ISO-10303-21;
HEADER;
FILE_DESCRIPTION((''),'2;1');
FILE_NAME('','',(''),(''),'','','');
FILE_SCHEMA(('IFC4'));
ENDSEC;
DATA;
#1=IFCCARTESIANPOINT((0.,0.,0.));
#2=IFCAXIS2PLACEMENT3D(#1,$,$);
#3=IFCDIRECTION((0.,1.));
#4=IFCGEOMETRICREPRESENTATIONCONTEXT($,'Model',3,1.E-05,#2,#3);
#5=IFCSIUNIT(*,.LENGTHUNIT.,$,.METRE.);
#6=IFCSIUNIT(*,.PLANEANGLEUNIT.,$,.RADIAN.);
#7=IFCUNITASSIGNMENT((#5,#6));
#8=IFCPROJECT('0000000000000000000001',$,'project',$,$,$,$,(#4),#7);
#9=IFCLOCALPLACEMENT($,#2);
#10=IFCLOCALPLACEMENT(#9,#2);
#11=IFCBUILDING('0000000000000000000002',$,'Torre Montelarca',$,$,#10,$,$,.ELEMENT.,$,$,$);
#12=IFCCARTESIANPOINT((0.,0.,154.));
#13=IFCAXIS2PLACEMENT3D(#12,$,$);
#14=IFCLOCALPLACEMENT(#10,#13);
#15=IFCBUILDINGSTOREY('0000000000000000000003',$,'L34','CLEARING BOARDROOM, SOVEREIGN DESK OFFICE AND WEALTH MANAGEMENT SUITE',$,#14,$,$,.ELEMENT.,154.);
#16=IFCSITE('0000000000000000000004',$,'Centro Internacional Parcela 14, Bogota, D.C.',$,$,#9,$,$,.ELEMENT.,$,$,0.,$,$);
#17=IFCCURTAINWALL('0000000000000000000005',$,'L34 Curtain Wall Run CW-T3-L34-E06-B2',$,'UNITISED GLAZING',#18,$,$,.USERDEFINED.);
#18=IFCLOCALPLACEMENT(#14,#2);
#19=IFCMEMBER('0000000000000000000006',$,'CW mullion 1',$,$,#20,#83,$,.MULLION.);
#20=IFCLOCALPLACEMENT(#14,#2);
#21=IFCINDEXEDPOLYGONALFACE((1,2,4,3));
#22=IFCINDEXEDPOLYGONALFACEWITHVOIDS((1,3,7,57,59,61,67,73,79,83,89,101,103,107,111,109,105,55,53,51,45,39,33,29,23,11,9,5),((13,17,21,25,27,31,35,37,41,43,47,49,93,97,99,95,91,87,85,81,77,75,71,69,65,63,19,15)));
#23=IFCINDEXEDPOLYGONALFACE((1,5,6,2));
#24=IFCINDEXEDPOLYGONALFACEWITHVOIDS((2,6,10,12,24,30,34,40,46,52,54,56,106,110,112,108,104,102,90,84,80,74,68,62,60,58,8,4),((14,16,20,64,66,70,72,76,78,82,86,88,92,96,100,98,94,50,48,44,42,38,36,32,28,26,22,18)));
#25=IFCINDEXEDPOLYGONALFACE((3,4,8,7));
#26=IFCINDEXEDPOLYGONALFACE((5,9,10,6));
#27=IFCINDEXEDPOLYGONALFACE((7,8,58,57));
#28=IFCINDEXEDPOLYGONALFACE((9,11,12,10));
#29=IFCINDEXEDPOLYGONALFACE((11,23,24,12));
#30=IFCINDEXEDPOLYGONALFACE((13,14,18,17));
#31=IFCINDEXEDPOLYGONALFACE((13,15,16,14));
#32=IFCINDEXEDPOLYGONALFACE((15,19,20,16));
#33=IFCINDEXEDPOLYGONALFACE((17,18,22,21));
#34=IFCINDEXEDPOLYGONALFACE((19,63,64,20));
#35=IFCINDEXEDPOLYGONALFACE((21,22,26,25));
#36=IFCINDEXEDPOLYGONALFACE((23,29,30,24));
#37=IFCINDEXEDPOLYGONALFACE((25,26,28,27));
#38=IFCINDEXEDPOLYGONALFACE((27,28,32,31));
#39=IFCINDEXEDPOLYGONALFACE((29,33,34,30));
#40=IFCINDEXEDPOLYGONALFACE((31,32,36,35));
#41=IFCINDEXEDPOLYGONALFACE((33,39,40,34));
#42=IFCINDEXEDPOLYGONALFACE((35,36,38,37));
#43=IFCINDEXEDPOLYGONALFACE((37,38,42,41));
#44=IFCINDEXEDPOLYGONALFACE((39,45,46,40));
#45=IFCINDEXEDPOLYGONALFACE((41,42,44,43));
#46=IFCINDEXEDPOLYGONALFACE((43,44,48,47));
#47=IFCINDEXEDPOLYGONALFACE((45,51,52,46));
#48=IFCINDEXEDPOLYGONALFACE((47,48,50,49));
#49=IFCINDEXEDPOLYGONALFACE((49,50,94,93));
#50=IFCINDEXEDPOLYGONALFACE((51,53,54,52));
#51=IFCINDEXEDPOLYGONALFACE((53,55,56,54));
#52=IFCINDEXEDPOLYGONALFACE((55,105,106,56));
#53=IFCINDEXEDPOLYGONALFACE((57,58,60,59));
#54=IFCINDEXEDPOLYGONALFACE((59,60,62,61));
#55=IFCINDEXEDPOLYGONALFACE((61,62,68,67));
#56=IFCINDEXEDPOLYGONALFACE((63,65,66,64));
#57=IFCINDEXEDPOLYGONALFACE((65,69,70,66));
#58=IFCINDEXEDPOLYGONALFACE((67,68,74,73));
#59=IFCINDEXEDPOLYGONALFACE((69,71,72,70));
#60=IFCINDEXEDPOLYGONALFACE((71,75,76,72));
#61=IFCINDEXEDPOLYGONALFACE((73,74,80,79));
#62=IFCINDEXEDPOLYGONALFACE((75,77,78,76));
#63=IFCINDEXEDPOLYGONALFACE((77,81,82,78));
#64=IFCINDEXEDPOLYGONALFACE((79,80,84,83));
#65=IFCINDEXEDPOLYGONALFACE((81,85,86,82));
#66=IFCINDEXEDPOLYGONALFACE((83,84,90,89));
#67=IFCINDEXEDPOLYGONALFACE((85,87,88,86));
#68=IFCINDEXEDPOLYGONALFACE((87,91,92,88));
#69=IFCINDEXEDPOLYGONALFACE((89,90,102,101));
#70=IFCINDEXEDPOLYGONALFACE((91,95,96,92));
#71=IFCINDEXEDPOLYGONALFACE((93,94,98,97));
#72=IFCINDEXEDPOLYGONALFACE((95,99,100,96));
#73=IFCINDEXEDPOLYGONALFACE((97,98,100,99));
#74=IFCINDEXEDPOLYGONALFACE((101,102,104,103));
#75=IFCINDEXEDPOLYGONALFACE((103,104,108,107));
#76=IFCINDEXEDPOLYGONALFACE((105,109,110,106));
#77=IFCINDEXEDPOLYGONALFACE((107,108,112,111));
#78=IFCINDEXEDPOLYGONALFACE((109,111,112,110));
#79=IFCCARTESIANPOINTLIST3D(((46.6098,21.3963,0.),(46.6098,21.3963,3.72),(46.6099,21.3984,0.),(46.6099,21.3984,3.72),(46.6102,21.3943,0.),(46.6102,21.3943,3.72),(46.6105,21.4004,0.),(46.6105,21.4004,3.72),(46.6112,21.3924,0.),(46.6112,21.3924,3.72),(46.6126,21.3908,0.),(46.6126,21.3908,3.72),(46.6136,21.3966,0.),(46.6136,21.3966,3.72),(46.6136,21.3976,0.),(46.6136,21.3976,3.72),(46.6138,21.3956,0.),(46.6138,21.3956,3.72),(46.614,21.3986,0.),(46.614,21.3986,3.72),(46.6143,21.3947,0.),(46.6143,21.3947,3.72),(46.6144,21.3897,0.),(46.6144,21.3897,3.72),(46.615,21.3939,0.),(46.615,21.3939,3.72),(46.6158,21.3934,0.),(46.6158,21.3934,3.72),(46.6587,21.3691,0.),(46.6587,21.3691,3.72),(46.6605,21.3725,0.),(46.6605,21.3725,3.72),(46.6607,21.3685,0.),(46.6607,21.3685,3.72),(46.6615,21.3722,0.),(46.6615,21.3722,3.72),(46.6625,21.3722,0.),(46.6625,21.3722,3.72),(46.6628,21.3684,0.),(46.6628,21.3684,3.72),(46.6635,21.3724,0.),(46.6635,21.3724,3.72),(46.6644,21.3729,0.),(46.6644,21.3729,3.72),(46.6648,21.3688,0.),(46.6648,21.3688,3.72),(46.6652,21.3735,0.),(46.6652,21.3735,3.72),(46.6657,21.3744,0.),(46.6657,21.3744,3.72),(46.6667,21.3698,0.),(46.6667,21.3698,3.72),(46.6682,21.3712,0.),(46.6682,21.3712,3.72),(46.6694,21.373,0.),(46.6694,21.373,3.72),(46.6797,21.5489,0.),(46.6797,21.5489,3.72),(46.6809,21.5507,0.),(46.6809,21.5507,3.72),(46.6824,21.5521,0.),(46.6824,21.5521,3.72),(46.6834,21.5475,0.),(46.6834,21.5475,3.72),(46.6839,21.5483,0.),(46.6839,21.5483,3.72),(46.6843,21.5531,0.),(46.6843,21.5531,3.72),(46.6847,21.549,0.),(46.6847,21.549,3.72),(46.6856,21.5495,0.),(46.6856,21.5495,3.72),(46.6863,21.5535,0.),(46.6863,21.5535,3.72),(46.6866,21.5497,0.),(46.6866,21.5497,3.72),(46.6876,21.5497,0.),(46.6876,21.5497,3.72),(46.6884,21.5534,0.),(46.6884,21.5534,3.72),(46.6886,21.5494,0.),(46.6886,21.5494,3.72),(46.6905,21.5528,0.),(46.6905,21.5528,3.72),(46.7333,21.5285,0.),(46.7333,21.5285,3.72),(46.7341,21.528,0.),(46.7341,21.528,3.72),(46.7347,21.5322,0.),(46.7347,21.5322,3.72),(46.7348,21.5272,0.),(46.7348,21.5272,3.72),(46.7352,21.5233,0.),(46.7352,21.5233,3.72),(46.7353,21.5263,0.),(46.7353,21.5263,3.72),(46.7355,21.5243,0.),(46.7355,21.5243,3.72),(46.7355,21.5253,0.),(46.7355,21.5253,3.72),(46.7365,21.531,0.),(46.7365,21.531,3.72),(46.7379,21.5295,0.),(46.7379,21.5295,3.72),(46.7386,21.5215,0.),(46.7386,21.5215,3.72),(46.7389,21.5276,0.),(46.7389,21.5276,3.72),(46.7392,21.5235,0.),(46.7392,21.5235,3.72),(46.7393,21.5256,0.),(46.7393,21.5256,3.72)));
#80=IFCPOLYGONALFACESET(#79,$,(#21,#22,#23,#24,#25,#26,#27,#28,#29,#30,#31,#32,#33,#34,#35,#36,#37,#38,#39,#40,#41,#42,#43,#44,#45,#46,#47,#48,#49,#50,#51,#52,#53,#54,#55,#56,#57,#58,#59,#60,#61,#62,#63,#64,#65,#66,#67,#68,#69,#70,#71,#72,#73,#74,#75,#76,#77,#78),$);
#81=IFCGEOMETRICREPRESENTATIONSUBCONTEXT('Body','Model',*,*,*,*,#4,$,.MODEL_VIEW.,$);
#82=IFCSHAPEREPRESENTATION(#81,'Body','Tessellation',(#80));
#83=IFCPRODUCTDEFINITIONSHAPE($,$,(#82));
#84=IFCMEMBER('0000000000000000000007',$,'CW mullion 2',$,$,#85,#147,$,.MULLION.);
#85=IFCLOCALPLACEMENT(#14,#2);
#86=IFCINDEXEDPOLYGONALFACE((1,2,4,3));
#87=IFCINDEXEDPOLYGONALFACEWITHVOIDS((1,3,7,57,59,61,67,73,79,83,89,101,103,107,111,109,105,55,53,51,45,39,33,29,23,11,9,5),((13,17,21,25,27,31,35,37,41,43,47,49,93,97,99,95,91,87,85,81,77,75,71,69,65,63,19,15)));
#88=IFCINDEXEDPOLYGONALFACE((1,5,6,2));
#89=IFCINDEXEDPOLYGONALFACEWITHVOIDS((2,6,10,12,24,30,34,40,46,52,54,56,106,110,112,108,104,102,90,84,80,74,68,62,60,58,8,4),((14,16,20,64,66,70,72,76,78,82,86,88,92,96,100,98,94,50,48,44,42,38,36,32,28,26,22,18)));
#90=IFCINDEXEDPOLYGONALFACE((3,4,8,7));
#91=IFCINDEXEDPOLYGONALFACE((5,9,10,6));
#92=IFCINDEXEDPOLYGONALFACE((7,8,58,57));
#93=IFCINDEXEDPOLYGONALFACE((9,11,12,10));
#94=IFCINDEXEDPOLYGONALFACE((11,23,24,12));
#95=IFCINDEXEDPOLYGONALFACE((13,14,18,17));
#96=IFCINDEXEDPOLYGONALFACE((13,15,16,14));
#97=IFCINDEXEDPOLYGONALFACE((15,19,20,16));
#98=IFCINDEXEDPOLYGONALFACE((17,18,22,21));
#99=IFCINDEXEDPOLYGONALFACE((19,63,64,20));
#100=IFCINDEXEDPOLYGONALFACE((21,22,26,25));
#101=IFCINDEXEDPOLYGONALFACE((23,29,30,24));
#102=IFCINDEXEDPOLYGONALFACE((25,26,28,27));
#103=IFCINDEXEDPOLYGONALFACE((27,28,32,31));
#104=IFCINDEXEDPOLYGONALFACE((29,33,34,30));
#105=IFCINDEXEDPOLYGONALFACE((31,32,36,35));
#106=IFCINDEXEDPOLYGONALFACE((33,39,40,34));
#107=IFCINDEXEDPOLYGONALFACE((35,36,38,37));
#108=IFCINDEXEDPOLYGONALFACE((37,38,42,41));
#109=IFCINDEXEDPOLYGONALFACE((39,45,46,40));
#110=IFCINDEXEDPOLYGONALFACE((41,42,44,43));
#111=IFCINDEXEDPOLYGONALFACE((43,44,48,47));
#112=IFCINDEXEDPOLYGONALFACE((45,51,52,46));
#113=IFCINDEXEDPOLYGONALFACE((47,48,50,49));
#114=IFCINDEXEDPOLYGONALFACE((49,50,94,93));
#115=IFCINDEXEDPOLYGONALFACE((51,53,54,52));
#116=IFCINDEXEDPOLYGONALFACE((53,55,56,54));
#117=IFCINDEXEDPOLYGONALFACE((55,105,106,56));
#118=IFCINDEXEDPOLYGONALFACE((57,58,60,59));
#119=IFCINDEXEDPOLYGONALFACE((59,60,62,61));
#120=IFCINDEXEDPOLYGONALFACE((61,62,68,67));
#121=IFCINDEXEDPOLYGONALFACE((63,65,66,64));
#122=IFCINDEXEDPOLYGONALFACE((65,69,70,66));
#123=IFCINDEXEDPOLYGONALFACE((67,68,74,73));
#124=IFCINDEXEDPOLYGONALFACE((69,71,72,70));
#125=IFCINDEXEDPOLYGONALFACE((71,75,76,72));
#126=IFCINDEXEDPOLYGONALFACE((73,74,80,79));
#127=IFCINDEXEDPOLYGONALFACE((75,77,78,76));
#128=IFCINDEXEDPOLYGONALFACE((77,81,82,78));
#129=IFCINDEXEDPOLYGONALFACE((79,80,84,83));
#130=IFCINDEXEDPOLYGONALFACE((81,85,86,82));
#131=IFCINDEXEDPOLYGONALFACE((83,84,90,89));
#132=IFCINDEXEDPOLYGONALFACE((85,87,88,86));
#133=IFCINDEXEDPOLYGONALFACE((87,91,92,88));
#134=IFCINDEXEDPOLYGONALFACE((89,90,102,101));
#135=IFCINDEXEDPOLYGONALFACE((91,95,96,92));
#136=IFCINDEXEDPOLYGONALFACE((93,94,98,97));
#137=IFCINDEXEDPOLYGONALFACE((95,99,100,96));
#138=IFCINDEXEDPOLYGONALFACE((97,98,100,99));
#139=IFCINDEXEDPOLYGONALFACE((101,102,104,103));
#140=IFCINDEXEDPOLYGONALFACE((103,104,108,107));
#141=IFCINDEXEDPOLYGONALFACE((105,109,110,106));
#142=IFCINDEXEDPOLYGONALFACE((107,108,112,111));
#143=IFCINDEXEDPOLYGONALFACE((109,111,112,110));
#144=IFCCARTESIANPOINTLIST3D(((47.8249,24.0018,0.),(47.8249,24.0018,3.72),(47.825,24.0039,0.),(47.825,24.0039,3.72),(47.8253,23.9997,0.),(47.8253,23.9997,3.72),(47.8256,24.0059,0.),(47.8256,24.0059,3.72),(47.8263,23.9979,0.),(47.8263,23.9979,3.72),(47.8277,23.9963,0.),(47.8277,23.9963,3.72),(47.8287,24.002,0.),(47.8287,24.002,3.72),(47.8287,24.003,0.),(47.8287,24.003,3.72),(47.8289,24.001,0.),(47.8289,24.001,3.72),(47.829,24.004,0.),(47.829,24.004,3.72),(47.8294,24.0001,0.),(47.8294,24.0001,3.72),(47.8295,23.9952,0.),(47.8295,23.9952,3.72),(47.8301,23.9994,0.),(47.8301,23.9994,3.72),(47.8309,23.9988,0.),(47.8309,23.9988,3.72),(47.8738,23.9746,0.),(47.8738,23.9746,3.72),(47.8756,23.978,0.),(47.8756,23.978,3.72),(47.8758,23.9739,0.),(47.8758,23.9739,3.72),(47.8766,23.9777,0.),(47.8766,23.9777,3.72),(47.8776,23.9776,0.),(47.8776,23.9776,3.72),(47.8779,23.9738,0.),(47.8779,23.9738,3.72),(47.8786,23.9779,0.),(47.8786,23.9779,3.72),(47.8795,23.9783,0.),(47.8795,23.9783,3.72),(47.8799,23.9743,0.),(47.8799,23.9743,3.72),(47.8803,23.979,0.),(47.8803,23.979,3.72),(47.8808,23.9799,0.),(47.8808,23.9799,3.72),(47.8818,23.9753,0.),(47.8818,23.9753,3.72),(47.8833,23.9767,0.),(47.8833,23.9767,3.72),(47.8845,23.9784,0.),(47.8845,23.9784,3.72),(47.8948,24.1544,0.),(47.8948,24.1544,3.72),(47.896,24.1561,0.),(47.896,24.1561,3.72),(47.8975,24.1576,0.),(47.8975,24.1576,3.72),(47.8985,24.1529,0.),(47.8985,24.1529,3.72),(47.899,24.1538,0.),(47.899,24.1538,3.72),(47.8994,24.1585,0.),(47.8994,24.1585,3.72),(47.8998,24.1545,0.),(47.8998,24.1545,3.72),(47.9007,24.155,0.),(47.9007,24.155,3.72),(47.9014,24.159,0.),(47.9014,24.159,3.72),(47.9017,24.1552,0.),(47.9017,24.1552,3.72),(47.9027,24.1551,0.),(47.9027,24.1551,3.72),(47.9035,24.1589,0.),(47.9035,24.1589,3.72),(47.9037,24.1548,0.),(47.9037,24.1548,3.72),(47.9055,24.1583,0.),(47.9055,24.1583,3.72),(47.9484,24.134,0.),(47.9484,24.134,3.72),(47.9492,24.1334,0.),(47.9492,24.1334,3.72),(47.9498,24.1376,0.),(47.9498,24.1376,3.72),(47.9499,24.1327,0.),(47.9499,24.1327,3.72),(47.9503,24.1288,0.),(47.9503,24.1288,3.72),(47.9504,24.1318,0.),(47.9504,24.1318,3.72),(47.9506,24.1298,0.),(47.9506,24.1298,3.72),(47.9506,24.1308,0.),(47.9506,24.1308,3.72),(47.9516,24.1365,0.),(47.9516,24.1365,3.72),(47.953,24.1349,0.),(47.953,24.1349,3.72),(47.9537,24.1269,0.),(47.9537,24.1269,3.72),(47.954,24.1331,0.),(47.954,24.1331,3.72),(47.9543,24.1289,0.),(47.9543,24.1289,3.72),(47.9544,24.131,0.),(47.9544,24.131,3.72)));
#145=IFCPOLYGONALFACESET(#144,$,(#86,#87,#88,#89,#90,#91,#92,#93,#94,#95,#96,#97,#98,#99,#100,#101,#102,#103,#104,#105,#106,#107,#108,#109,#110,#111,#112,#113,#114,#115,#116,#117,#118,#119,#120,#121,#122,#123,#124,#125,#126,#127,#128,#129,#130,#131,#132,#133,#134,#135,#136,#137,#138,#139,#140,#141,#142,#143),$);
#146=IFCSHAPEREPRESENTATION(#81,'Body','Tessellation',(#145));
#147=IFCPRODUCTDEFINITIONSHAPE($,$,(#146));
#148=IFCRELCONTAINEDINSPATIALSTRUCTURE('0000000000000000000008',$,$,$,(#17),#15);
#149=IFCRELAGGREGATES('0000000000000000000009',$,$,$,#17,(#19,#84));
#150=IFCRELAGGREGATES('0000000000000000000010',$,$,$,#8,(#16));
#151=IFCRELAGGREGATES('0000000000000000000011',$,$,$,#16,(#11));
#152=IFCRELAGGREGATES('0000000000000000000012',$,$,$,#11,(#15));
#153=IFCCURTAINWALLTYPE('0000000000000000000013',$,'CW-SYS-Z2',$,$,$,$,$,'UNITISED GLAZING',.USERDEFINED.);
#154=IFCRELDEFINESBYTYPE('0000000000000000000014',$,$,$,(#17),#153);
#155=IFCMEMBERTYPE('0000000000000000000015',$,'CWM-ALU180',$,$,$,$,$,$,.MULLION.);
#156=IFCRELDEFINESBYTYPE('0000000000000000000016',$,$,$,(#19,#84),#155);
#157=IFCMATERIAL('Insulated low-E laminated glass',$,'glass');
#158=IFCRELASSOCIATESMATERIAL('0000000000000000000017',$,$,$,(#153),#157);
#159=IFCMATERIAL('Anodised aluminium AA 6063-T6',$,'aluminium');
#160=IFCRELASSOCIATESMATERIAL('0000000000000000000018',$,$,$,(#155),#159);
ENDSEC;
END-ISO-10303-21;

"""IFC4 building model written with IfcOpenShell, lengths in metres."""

from ifc_helpers import new_model, si_unit, direction, frame, origin, origin_2d, place, context, subcontext, project, spatial, hollow_rectangle, extrude, source, transform, mapped, material, material_profile, profile_set, type_object, element, aggregate, save


model = new_model("IFC4")

# Units and contexts
model_context = context("Model", 3, precision=1e-05, world=origin(), true_north=direction((0.0, 1.0)))
body_context = subcontext(model_context, "Body", "Model", "MODEL_VIEW")
ifc_project = project(units=[si_unit("LENGTHUNIT", "METRE"), si_unit("PLANEANGLEUNIT", "RADIAN")], contexts=[model_context])

# Site, building, storey
site_placement = place(None, origin())
site = spatial("IfcSite", under=ifc_project, at=site_placement, Name="Centro Internacional Parcela 14, Bogota, D.C.", CompositionType="ELEMENT", RefElevation=0.0)
building_placement = place(site_placement, origin())
building = spatial("IfcBuilding", under=site, at=building_placement, Name="Torre Montelarca", CompositionType="ELEMENT")
storey_placement = place(building_placement, frame((0.0, 0.0, 154.0)))
storey = spatial("IfcBuildingStorey", under=building, at=storey_placement, Name="L34", Description="CLEARING BOARDROOM, SOVEREIGN DESK OFFICE AND WEALTH MANAGEMENT SUITE", CompositionType="ELEMENT", Elevation=154.0)

# Curtain wall, members
ifc_material_1 = material(Name="Insulated low-E laminated glass", Category="glass")
curtain_wall_type = type_object("IfcCurtainWallType", Name="CW-SYS-Z2", ElementType="UNITISED GLAZING", PredefinedType="USERDEFINED", material=ifc_material_1)
ifc_material_2 = material(Name="Anodised aluminium AA 6063-T6", Category="aluminium")
ifc_material_profile_1 = material_profile(ifc_material_2, hollow_rectangle(XDim=0.0649, YDim=0.1799, WallThickness=0.0039, InnerFilletRadius=0.0039, OuterFilletRadius=0.0081, at=origin_2d()), Name="ALU65X180X4", Category="aluminium")
ifc_profile_set_1 = profile_set([ifc_material_profile_1], Name="Anodised aluminium AA 6063-T6")
member_type_1 = type_object("IfcMemberType", Name="CWM-ALU180", PredefinedType="MULLION", material=ifc_profile_set_1)
shared_shape_1 = source(origin(), body_context, "Body", "SweptSolid", [
    extrude(hollow_rectangle(XDim=0.0649, YDim=0.1799, WallThickness=0.0039, InnerFilletRadius=0.0039, OuterFilletRadius=0.0081, at=origin_2d()), origin(), (0.0, 0.0, 1.0), 3.72),
])
curtain_wall_1_placement = place(storey_placement, origin())
curtain_wall_1 = element("IfcCurtainWall", 1, at=curtain_wall_1_placement, inside=storey, type_object=curtain_wall_type, Name="L34 Curtain Wall Run CW-T3-L34-E06-B2", ObjectType="UNITISED GLAZING", PredefinedType="USERDEFINED")
member_1_placement = place(storey_placement, frame((46.6746, 21.4609, 0.0), z_axis=(0.0, 0.0, 1.0), x_axis=(-0.90631, 0.422613, 0.0)))
member_1 = element("IfcMember", 2, at=member_1_placement, type_object=member_type_1, Name="CW mullion 1", PredefinedType="MULLION", context=body_context, shape_type="MappedRepresentation", body=[
    mapped(shared_shape_1, transform((0.0, 0.0, 0.0), scale=1.0)),
])
member_2_placement = place(storey_placement, frame((47.8896, 24.0664, 0.0), z_axis=(0.0, 0.0, 1.0), x_axis=(-0.90631, 0.422613, 0.0)))
member_2 = element("IfcMember", 3, at=member_2_placement, type_object=member_type_1, Name="CW mullion 2", PredefinedType="MULLION", context=body_context, shape_type="MappedRepresentation", body=[
    mapped(shared_shape_1, transform((0.0, 0.0, 0.0), scale=1.0)),
])

aggregate(curtain_wall_1, [member_1, member_2])

save(model, "model.ifc")
